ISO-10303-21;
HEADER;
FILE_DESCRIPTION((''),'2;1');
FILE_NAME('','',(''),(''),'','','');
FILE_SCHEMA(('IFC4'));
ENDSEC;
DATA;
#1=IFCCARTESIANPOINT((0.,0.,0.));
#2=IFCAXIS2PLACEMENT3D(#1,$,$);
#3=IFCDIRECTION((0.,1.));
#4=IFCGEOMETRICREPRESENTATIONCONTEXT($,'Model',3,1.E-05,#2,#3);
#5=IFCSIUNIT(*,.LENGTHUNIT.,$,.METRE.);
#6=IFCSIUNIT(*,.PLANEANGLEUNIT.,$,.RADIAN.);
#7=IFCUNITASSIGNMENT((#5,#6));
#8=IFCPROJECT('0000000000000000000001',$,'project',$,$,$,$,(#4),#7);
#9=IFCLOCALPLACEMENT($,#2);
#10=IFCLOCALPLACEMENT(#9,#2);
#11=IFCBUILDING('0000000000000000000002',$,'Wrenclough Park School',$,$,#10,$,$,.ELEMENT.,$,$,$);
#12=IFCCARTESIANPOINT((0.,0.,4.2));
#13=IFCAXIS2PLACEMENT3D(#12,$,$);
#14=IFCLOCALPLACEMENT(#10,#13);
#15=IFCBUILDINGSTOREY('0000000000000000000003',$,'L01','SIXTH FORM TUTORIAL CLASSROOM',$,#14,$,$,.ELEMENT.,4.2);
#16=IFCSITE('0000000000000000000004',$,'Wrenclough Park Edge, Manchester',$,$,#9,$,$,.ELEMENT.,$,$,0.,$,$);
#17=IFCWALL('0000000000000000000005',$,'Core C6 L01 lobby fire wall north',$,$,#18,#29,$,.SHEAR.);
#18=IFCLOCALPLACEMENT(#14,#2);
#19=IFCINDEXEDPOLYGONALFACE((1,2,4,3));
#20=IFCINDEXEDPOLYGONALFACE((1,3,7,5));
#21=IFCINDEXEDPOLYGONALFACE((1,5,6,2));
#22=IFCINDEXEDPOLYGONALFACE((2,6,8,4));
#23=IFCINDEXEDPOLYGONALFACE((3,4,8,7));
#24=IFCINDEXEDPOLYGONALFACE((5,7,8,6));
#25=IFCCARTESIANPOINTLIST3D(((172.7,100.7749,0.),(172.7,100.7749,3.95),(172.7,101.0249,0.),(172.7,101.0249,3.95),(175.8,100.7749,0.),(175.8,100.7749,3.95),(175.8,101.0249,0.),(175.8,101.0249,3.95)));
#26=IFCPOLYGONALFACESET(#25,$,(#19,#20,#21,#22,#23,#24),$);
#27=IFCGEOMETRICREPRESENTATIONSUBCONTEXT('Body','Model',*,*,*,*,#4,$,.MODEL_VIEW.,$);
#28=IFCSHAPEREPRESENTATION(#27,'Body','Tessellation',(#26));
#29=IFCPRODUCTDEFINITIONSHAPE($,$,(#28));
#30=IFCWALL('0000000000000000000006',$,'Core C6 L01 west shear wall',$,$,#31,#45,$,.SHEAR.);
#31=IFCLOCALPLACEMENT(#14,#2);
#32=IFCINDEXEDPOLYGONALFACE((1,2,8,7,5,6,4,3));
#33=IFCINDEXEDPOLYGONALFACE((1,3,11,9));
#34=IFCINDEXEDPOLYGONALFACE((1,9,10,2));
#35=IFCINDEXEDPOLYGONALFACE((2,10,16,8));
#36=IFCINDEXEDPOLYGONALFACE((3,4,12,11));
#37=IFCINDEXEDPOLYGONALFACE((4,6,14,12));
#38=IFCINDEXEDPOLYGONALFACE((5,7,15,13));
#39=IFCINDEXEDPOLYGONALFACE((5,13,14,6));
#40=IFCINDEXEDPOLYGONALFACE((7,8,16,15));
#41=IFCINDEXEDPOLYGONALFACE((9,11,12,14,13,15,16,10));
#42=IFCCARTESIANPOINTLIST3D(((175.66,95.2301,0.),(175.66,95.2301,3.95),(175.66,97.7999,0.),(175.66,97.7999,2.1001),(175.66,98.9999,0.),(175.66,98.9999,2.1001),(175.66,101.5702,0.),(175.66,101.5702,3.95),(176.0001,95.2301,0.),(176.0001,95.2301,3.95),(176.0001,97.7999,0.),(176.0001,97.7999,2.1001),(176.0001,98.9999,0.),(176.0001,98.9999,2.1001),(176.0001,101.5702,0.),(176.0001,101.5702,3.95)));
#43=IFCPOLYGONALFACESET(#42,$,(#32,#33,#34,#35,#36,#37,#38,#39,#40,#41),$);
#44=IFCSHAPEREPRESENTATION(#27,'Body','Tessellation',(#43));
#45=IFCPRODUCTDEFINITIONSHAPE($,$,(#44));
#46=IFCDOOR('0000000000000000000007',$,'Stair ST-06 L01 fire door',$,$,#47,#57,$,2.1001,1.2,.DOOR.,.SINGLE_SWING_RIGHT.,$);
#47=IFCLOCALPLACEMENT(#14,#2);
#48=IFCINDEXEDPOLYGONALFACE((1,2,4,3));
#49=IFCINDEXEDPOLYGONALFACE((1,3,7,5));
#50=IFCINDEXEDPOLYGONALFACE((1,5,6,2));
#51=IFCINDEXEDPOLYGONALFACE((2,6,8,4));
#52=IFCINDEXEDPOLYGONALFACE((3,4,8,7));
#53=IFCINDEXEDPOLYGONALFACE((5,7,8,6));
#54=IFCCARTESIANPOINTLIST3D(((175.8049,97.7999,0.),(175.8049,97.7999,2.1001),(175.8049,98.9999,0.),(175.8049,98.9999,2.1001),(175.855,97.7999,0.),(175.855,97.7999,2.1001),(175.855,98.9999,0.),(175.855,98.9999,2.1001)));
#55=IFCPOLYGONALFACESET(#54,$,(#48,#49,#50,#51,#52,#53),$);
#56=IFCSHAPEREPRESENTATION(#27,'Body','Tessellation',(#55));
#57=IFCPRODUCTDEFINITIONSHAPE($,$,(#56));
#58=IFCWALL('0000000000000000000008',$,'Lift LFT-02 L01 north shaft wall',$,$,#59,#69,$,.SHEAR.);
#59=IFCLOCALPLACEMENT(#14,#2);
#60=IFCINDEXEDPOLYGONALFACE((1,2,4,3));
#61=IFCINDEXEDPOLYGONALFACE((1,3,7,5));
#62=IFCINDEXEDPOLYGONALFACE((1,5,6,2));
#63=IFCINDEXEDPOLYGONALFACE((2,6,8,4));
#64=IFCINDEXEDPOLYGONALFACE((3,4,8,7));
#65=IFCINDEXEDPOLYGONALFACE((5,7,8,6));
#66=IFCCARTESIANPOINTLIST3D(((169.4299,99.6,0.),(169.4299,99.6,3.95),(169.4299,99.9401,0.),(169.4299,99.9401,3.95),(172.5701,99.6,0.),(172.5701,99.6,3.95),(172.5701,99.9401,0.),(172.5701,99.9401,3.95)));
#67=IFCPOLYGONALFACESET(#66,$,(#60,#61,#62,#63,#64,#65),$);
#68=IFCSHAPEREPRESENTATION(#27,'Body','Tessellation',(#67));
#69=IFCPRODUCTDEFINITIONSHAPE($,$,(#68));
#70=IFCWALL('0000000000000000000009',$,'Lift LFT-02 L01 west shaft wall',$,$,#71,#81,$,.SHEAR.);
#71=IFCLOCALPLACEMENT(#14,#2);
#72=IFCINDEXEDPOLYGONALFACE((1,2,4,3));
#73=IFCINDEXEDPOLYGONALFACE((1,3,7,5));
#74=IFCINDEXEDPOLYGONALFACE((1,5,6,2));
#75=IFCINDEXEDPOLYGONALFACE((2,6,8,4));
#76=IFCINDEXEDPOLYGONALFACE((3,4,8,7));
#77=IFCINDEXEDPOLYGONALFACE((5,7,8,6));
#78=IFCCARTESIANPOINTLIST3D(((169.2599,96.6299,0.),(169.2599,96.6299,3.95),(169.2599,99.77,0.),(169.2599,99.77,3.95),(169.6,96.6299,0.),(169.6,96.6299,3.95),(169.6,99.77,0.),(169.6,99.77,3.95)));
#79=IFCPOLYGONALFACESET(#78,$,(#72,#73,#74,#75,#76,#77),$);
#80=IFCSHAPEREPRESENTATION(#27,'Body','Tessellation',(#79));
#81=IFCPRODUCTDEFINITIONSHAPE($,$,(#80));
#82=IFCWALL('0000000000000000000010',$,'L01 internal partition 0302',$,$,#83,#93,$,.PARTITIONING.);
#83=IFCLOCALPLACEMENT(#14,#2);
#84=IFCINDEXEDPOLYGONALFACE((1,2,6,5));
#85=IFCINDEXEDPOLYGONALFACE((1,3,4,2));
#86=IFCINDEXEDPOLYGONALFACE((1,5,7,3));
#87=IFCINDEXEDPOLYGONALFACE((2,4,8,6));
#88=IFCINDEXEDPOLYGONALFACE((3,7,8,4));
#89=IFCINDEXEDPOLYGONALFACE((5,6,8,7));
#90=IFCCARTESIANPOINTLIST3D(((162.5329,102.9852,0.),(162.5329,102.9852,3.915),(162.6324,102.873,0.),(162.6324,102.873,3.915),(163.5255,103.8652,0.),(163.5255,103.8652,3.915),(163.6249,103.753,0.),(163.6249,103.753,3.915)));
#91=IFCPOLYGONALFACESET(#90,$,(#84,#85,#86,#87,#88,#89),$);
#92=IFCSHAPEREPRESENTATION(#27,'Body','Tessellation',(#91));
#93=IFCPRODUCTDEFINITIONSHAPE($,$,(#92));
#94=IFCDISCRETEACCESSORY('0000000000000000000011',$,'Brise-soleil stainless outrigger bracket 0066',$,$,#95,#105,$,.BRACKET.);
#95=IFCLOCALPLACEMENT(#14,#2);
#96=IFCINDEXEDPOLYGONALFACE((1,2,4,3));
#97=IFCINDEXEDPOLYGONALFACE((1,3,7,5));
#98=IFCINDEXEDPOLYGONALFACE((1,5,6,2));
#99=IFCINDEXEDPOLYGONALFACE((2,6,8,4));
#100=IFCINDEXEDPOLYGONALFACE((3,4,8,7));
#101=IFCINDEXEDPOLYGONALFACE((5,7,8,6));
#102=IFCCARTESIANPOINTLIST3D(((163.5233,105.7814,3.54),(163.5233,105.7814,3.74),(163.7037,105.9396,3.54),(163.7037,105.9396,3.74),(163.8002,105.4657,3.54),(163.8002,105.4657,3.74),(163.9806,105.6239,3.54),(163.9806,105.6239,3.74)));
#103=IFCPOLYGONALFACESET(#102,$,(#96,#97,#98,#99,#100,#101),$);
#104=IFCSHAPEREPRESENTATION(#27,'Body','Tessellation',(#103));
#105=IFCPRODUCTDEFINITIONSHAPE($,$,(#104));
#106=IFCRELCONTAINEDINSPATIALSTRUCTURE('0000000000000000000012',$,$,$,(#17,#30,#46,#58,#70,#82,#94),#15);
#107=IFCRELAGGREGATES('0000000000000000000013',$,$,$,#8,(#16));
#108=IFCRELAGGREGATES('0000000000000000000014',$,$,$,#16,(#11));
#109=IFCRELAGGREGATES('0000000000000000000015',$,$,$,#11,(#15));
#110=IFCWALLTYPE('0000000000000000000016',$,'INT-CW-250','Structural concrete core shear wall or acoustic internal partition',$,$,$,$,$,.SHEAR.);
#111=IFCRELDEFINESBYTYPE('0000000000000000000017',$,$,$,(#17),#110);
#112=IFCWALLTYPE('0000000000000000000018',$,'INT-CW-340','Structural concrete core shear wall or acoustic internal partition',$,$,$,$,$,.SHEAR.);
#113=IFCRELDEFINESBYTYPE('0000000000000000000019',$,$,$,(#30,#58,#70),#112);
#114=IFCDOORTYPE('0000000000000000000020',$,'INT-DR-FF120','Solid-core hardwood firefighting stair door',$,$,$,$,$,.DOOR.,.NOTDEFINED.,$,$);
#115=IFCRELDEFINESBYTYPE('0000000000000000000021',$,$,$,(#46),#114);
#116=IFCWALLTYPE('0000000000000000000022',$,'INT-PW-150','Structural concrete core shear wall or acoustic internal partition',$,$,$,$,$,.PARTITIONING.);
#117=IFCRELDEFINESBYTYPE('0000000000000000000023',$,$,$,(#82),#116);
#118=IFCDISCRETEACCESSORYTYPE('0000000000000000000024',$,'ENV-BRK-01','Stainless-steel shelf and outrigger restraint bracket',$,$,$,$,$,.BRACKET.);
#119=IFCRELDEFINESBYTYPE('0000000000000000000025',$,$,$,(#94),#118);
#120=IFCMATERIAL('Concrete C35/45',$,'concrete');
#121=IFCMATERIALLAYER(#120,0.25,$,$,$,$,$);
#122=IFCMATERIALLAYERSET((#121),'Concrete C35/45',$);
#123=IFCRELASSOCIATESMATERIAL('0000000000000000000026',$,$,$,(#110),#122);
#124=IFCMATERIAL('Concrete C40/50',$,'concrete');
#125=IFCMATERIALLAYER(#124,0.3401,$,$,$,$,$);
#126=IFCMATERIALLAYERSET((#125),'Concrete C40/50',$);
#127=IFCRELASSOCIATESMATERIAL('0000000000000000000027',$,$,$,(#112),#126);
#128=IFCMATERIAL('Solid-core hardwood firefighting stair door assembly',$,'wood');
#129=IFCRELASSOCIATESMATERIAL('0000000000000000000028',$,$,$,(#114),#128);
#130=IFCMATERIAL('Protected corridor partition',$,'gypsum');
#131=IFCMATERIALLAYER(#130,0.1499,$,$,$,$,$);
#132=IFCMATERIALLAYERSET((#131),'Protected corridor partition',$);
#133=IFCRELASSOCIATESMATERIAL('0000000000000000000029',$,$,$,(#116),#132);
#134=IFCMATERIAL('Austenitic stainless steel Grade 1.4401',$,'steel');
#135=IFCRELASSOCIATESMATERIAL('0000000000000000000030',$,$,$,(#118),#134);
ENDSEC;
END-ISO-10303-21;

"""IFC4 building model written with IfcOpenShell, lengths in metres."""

from ifc_helpers import new_model, si_unit, direction, frame, frame_2d, origin, origin_2d, place, context, subcontext, project, spatial, rectangle, extrude, material, layer, layer_set, type_object, element, fill, save


model = new_model("IFC4")

# Units and contexts
model_context = context("Model", 3, precision=1e-05, world=origin(), true_north=direction((0.0, 1.0)))
body_context = subcontext(model_context, "Body", "Model", "MODEL_VIEW")
ifc_project = project(units=[si_unit("LENGTHUNIT", "METRE"), si_unit("PLANEANGLEUNIT", "RADIAN")], contexts=[model_context])

# Site, building, storey
site_placement = place(None, origin())
site = spatial("IfcSite", under=ifc_project, at=site_placement, Name="Wrenclough Park Edge, Manchester", CompositionType="ELEMENT", RefElevation=0.0)
building_placement = place(site_placement, origin())
building = spatial("IfcBuilding", under=site, at=building_placement, Name="Wrenclough Park School", CompositionType="ELEMENT")
storey_placement = place(building_placement, frame((0.0, 0.0, 4.2)))
storey = spatial("IfcBuildingStorey", under=building, at=storey_placement, Name="L01", Description="SIXTH FORM TUTORIAL CLASSROOM", CompositionType="ELEMENT", Elevation=4.2)

# Shared definitions
ifc_material_1 = material(Name="Concrete C40/50", Category="concrete")

# Shared definitions
ifc_material_2 = material(Name="Concrete C35/45", Category="concrete")

# Wall
ifc_layer_1 = layer(ifc_material_2, 0.25)
ifc_layer_set_1 = layer_set([ifc_layer_1], Name="Concrete C35/45")
wall_type_1 = type_object("IfcWallType", Name="INT-CW-250", Description="Structural concrete core shear wall or acoustic internal partition", PredefinedType="SHEAR", material=ifc_layer_set_1)
wall_1_placement = place(storey_placement, frame((175.8, 100.8999, 0.0), z_axis=(0.0, 0.0, 1.0), x_axis=(-1.0, 0.0, 0.0)))
element("IfcWall", 1, at=wall_1_placement, inside=storey, type_object=wall_type_1, Name="Core C6 L01 lobby fire wall north", PredefinedType="SHEAR", context=body_context, shape_type="SweptSolid", body=[
    extrude(rectangle(XDim=3.1001, YDim=0.25, at=frame_2d((1.55, 0.0))), origin(), (0.0, 0.0, 1.0), 3.95),
])

# Wall, opening, door
ifc_layer_2 = layer(ifc_material_1, 0.3401)
ifc_layer_set_2 = layer_set([ifc_layer_2], Name="Concrete C40/50")
wall_type_2 = type_object("IfcWallType", Name="INT-CW-340", Description="Structural concrete core shear wall or acoustic internal partition", PredefinedType="SHEAR", material=ifc_layer_set_2)
wall_2_placement = place(storey_placement, frame((175.8301, 101.5701, 0.0), z_axis=(0.0, 0.0, 1.0), x_axis=(0.0, -1.0, 0.0)))
wall_2 = element("IfcWall", 2, at=wall_2_placement, inside=storey, type_object=wall_type_2, Name="Core C6 L01 west shear wall", PredefinedType="SHEAR", context=body_context, shape_type="SweptSolid", body=[
    extrude(rectangle(XDim=6.3401, YDim=0.3401, at=frame_2d((3.1699, 0.0))), origin(), (0.0, 0.0, 1.0), 3.95),
])
opening_1_placement = place(wall_2_placement, frame((2.5701, 0.0, 0.0)))
opening_1 = element("IfcOpeningElement", 3, at=opening_1_placement, cuts=wall_2, PredefinedType="OPENING", context=body_context, shape_type="SweptSolid", body=[
    extrude(rectangle(XDim=1.2, YDim=2.1001, at=frame_2d((0.6001, 1.05))), frame((0.0, 0.1799, 0.0), z_axis=(0.0, -1.0, 0.0), x_axis=(1.0, 0.0, 0.0)), (0.0, 0.0, 1.0), 0.3601),
])
ifc_material_3 = material(Name="Solid-core hardwood firefighting stair door assembly", Category="wood")
door_type = type_object("IfcDoorType", Name="INT-DR-FF120", Description="Solid-core hardwood firefighting stair door", OperationType="NOTDEFINED", PredefinedType="DOOR", material=ifc_material_3)
door_placement = place(opening_1_placement, origin())
door = element("IfcDoor", 4, at=door_placement, inside=storey, type_object=door_type, Name="Stair ST-06 L01 fire door", OperationType="SINGLE_SWING_RIGHT", OverallHeight=2.1001, OverallWidth=1.2, PredefinedType="DOOR", context=body_context, shape_type="SweptSolid", body=[
    extrude(rectangle(XDim=1.2, YDim=2.1001, at=frame_2d((0.6001, 1.05))), frame((0.0, 0.0249, 0.0), z_axis=(0.0, -1.0, 0.0), x_axis=(1.0, 0.0, 0.0)), (0.0, 0.0, 1.0), 0.05),
])
fill(opening_1, door)

# Walls
for number, where, z_axis, x_axis, name in (
    (5, (172.5701, 99.77, 0.0), (0.0, 0.0, 1.0), (-1.0, 0.0, 0.0), "Lift LFT-02 L01 north shaft wall"),
    (6, (169.4299, 99.77, 0.0), (0.0, 0.0, 1.0), (0.0, -1.0, 0.0), "Lift LFT-02 L01 west shaft wall"),
):
    element("IfcWall", number, at=place(storey_placement, frame(where, z_axis=z_axis, x_axis=x_axis)), inside=storey, type_object=wall_type_2, Name=name, PredefinedType="SHEAR", context=body_context, shape_type="SweptSolid", body=[
        extrude(rectangle(XDim=3.1401, YDim=0.3401, at=frame_2d((1.5701, 0.0))), origin(), (0.0, 0.0, 1.0), 3.95),
    ])
ifc_material_4 = material(Name="Protected corridor partition", Category="gypsum")
ifc_layer_3 = layer(ifc_material_4, 0.1499)
ifc_layer_set_3 = layer_set([ifc_layer_3], Name="Protected corridor partition")
wall_type_3 = type_object("IfcWallType", Name="INT-PW-150", Description="Structural concrete core shear wall or acoustic internal partition", PredefinedType="PARTITIONING", material=ifc_layer_set_3)
wall_3_placement = place(storey_placement, frame((162.5828, 102.9292, 0.0), z_axis=(0.0, 0.0, 1.0), x_axis=(0.748262, 0.663404, 0.0)))
element("IfcWall", 7, at=wall_3_placement, inside=storey, type_object=wall_type_3, Name="L01 internal partition 0302", PredefinedType="PARTITIONING", context=body_context, shape_type="SweptSolid", body=[
    extrude(rectangle(XDim=1.3264, YDim=0.1499, at=frame_2d((0.6631, 0.0))), origin(), (0.0, 0.0, 1.0), 3.915),
])

# Discrete accessory
ifc_material_5 = material(Name="Austenitic stainless steel Grade 1.4401", Category="steel")
discrete_accessory_type = type_object("IfcDiscreteAccessoryType", Name="ENV-BRK-01", Description="Stainless-steel shelf and outrigger restraint bracket", PredefinedType="BRACKET", material=ifc_material_5)
discrete_accessory_placement = place(storey_placement, frame((163.752, 105.7026, 3.54), z_axis=(0.0, 0.0, 1.0), x_axis=(-0.751831, -0.659356, 0.0)))
element("IfcDiscreteAccessory", 8, at=discrete_accessory_placement, inside=storey, type_object=discrete_accessory_type, Name="Brise-soleil stainless outrigger bracket 0066", PredefinedType="BRACKET", context=body_context, shape_type="SweptSolid", body=[
    extrude(rectangle(XDim=0.24, YDim=0.4199, at=origin_2d()), origin(), (0.0, 0.0, 1.0), 0.2),
])

save(model, "model.ifc")
